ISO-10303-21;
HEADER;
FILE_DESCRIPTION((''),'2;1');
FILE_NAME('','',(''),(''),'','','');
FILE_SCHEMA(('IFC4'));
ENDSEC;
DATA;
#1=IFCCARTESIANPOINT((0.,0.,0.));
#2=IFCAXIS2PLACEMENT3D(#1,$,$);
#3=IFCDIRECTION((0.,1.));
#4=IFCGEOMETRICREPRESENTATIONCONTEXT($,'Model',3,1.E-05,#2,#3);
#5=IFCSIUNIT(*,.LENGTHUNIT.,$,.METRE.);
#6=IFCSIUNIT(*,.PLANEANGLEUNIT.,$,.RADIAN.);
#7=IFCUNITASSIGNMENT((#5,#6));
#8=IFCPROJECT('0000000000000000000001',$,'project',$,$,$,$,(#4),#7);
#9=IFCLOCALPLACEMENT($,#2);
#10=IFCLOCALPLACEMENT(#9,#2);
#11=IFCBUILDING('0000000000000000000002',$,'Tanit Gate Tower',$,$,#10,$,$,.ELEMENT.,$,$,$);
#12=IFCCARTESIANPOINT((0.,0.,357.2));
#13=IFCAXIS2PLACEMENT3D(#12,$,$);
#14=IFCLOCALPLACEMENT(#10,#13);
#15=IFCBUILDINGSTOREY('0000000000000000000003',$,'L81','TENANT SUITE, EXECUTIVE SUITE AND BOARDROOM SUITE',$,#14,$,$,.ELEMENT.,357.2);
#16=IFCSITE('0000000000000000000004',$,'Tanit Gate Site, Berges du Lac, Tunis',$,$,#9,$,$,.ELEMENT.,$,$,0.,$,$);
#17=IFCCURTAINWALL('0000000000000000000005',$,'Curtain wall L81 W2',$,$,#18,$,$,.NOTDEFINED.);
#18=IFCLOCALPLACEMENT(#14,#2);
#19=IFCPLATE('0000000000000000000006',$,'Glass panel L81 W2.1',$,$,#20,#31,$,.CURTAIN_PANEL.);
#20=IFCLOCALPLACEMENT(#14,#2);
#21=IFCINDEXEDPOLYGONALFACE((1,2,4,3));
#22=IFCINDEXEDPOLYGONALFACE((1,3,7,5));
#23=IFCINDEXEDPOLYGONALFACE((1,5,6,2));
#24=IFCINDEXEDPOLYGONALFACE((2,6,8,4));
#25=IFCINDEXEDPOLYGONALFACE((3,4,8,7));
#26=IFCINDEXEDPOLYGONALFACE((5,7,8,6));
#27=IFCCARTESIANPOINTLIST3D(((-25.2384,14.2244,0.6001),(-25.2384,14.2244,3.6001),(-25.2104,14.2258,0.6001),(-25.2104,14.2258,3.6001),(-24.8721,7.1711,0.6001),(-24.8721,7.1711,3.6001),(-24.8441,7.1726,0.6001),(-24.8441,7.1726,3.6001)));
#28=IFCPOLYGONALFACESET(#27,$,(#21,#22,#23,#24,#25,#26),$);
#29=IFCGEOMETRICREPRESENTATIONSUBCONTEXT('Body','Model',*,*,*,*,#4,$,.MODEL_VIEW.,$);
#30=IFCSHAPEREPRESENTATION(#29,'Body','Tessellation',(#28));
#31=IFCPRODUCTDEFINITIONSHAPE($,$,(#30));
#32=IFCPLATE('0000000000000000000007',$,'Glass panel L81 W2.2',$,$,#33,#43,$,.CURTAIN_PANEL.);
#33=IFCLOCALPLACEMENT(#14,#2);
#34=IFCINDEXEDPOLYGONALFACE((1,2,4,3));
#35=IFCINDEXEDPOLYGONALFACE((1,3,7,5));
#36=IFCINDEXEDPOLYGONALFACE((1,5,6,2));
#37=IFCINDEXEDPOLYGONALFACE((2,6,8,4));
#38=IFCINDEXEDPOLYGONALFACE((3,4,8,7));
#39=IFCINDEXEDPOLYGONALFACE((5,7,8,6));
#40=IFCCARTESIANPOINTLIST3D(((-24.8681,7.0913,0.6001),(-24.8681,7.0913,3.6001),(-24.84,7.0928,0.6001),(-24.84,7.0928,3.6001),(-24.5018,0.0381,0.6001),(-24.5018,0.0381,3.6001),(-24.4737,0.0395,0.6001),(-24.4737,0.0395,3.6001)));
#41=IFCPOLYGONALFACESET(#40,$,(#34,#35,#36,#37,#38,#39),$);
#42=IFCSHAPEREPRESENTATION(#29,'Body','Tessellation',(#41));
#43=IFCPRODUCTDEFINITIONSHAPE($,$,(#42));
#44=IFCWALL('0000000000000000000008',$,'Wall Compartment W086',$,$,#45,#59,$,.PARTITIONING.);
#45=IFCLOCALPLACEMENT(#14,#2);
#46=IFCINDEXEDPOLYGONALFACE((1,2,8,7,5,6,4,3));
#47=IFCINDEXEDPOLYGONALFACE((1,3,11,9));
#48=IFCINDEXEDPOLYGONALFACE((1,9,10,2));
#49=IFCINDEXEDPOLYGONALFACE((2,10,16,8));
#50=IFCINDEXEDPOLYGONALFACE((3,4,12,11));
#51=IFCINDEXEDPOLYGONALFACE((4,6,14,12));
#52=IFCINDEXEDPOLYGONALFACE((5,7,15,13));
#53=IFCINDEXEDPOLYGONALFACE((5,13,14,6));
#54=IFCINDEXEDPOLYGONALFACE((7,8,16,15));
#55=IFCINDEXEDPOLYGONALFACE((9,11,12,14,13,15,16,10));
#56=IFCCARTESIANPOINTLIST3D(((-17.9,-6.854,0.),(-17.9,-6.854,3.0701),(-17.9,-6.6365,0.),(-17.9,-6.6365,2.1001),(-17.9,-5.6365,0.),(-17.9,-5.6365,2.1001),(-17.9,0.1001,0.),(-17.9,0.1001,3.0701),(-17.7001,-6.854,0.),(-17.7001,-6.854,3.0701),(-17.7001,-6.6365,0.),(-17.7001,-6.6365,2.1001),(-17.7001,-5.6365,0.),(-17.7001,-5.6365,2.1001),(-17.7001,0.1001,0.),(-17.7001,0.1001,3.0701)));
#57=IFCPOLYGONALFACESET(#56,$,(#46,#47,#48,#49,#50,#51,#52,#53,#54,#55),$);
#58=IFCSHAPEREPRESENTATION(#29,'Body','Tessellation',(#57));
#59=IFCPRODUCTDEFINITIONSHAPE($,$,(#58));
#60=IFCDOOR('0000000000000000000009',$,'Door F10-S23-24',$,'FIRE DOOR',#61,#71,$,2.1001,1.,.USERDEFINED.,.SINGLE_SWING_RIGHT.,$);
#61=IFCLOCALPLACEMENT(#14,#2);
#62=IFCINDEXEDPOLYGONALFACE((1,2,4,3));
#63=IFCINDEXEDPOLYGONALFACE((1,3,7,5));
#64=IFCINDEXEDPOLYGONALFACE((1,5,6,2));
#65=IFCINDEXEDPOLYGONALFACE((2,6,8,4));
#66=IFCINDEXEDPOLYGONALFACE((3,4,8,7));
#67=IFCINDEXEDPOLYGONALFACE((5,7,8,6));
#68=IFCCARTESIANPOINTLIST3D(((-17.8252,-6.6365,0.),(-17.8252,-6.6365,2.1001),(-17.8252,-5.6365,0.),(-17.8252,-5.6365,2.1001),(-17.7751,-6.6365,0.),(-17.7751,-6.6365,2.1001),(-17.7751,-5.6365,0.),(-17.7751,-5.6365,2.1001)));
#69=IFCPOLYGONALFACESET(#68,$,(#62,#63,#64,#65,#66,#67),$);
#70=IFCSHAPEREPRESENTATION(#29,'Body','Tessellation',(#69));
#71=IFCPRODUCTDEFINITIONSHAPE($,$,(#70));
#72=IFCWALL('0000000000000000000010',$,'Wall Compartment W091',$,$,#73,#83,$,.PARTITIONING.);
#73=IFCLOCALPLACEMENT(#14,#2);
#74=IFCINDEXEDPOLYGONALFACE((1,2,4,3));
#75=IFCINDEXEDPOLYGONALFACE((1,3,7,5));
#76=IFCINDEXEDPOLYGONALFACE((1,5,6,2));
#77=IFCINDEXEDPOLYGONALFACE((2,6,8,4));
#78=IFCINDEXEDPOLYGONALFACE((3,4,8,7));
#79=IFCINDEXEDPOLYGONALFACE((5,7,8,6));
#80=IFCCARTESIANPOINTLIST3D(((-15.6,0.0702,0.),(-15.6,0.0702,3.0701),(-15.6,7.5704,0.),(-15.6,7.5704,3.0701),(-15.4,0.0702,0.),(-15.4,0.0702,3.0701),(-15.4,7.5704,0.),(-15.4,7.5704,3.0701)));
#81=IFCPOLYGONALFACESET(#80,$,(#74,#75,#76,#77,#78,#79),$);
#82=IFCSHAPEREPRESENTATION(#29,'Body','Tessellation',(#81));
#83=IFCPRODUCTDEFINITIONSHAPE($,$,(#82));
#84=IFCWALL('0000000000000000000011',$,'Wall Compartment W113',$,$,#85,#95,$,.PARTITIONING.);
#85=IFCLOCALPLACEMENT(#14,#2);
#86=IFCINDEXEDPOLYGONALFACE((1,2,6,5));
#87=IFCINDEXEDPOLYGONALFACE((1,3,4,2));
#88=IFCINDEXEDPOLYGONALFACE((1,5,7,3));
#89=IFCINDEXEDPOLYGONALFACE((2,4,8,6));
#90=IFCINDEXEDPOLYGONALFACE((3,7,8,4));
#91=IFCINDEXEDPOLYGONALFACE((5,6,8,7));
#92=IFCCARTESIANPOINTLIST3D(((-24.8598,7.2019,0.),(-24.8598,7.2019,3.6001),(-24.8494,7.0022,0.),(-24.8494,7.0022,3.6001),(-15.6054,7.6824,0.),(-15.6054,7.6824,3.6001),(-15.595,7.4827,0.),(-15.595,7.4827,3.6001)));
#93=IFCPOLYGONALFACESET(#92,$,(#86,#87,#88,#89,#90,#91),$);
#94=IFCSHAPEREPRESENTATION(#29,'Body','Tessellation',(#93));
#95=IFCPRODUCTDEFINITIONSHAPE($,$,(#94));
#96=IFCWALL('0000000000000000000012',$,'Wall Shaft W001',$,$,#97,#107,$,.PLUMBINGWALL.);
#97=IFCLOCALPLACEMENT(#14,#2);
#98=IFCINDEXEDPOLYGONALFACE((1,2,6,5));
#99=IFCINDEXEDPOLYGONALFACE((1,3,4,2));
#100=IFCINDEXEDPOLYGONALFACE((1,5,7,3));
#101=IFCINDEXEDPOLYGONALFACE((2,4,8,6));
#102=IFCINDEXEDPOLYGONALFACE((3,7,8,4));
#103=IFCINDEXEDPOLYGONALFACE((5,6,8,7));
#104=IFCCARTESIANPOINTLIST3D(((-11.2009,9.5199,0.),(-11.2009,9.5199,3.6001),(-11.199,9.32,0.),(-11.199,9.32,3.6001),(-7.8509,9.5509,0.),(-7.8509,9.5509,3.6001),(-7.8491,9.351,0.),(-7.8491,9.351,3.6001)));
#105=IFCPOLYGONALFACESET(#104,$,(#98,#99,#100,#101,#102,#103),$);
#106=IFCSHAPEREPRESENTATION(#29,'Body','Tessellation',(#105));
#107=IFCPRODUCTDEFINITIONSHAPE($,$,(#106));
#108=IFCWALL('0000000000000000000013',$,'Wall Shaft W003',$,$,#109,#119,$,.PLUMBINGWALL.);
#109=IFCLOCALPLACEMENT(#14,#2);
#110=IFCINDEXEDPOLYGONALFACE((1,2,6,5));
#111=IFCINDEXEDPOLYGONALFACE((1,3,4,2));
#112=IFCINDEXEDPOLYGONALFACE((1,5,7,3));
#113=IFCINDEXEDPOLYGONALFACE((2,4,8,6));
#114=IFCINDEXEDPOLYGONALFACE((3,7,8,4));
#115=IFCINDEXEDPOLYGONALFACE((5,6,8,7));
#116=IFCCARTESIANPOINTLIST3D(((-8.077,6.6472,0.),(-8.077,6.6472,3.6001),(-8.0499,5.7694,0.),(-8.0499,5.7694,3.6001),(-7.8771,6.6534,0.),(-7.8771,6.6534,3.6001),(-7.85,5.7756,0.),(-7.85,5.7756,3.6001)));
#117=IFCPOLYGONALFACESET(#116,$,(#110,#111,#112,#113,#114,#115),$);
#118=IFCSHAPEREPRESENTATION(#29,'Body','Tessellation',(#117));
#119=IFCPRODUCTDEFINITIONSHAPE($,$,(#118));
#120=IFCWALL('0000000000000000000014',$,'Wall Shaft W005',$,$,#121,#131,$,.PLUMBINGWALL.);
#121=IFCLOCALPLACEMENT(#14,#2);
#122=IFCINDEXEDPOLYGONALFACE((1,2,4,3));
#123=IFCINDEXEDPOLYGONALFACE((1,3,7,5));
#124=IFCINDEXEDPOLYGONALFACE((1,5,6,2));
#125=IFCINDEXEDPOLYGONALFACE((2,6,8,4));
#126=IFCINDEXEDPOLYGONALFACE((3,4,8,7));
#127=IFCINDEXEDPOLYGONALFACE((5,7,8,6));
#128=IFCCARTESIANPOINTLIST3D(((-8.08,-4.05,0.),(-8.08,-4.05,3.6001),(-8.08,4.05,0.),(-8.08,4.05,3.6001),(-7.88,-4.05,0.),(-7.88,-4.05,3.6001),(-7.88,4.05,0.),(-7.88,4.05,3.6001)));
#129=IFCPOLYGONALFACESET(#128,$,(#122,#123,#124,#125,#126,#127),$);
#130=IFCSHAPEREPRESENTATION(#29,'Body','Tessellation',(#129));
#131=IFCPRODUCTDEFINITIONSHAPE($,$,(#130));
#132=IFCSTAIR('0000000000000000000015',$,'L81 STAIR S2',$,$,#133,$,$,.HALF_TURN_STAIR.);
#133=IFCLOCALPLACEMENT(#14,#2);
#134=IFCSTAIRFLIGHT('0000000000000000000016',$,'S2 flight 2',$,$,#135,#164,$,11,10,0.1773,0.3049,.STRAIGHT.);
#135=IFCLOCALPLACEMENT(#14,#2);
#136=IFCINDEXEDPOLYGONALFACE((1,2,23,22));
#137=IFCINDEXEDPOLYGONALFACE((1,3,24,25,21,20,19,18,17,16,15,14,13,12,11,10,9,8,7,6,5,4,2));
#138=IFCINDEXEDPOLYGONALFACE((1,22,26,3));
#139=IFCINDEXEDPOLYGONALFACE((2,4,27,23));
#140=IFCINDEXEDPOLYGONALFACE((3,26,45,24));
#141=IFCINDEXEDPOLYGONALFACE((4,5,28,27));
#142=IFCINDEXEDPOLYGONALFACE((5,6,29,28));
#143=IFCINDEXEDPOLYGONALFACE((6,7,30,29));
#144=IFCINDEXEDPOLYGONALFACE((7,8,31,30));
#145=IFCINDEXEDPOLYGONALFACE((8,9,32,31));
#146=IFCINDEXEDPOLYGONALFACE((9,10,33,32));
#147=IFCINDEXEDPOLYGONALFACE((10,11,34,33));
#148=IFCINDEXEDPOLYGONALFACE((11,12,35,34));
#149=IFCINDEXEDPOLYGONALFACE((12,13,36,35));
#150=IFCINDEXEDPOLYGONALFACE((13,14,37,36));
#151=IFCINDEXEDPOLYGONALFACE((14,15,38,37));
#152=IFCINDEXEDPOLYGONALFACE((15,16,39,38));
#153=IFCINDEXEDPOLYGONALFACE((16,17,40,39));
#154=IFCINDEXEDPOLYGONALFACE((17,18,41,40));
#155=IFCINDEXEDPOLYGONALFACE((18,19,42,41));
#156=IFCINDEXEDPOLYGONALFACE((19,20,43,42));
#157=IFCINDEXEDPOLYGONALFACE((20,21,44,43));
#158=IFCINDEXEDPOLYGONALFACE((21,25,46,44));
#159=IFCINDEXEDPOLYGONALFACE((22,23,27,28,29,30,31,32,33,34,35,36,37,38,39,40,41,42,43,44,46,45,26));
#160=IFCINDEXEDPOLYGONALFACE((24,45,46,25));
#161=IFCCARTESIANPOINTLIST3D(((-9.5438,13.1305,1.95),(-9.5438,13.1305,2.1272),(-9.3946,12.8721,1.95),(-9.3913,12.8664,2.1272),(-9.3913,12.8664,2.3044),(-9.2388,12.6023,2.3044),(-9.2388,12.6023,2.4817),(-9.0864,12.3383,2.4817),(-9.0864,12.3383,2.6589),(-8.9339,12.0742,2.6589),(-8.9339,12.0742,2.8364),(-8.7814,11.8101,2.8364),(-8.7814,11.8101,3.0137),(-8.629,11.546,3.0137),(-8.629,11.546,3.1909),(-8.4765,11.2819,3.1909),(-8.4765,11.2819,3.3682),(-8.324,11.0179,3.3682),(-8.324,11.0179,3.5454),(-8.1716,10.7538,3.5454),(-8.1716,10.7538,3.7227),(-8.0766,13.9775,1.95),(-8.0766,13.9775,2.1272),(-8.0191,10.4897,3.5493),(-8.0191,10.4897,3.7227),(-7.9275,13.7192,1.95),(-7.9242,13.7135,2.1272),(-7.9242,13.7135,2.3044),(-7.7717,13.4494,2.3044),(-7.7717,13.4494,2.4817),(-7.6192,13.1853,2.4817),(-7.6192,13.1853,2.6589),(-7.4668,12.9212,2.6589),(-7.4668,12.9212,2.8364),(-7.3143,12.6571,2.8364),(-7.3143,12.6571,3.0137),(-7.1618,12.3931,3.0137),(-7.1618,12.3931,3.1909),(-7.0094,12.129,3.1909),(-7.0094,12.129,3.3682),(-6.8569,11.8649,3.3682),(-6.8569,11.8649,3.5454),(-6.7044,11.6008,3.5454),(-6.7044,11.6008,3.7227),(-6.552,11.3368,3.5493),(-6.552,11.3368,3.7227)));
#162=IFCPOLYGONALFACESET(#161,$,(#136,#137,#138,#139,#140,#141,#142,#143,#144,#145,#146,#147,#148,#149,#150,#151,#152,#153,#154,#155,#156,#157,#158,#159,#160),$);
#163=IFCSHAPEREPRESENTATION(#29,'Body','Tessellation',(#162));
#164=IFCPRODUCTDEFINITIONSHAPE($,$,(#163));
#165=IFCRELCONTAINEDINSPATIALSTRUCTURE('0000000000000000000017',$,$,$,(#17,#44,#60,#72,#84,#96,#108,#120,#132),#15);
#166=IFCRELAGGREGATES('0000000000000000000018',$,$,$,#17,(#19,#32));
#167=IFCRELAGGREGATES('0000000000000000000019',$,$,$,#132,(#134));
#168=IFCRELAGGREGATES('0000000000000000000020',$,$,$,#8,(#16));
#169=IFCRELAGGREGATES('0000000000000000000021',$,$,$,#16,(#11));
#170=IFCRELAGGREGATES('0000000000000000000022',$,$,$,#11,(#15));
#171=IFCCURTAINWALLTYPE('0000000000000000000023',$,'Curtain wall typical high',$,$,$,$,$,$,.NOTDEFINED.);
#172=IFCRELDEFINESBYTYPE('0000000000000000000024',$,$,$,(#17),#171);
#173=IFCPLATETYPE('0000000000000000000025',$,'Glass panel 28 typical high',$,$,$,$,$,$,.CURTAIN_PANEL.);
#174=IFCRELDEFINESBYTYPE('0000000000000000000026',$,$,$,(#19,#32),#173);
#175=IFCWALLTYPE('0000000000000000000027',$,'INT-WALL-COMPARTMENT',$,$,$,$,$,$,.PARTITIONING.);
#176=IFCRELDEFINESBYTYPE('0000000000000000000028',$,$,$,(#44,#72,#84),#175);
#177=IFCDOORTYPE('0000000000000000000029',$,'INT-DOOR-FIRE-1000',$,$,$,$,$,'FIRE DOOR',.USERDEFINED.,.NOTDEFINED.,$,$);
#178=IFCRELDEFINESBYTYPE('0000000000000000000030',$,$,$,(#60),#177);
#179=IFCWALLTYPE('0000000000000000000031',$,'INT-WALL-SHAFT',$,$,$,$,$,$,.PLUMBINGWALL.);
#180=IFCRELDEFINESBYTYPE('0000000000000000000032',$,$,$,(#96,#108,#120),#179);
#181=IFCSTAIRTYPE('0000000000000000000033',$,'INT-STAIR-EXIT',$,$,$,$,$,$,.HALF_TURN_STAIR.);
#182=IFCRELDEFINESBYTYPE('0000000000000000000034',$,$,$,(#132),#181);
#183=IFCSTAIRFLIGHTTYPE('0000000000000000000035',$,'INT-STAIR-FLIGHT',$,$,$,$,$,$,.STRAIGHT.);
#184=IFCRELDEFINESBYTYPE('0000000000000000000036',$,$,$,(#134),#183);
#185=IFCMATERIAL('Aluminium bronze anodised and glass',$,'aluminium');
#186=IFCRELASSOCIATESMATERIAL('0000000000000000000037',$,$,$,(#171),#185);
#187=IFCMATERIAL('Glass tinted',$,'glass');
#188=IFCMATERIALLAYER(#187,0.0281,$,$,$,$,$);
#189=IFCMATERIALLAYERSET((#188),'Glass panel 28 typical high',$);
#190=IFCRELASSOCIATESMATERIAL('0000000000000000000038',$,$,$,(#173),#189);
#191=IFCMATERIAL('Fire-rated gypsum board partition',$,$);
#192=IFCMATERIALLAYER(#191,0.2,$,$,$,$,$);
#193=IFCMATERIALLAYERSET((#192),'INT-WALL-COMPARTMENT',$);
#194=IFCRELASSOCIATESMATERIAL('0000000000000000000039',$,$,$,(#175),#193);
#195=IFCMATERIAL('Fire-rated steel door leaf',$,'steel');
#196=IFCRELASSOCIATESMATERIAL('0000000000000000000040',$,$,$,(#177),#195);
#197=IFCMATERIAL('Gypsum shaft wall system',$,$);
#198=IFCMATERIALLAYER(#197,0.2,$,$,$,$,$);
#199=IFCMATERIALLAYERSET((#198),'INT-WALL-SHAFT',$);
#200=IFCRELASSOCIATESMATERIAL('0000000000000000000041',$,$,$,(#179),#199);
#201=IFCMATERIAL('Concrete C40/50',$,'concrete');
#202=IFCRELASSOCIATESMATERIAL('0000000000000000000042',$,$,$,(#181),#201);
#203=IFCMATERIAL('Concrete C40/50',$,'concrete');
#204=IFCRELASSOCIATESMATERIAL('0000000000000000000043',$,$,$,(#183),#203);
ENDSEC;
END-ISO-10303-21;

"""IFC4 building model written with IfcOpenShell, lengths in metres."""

from ifc_helpers import new_model, si_unit, direction, frame, frame_2d, origin, origin_2d, place, context, subcontext, project, spatial, polyline, rectangle, outline, extrude, material, layer, layer_set, type_object, element, fill, aggregate, save


model = new_model("IFC4")

# Units and contexts
model_context = context("Model", 3, precision=1e-05, world=origin(), true_north=direction((0.0, 1.0)))
body_context = subcontext(model_context, "Body", "Model", "MODEL_VIEW")
ifc_project = project(units=[si_unit("LENGTHUNIT", "METRE"), si_unit("PLANEANGLEUNIT", "RADIAN")], contexts=[model_context])

# Site, building, storey
site_placement = place(None, origin())
site = spatial("IfcSite", under=ifc_project, at=site_placement, Name="Tanit Gate Site, Berges du Lac, Tunis", CompositionType="ELEMENT", RefElevation=0.0)
building_placement = place(site_placement, origin())
building = spatial("IfcBuilding", under=site, at=building_placement, Name="Tanit Gate Tower", CompositionType="ELEMENT")
storey_placement = place(building_placement, frame((0.0, 0.0, 357.2)))
storey = spatial("IfcBuildingStorey", under=building, at=storey_placement, Name="L81", Description="TENANT SUITE, EXECUTIVE SUITE AND BOARDROOM SUITE", CompositionType="ELEMENT", Elevation=357.2)

# Curtain wall
ifc_material_1 = material(Name="Aluminium bronze anodised and glass", Category="aluminium")
curtain_wall_type = type_object("IfcCurtainWallType", Name="Curtain wall typical high", PredefinedType="NOTDEFINED", material=ifc_material_1)
curtain_wall_1_placement = place(storey_placement, origin())
curtain_wall_1 = element("IfcCurtainWall", 1, at=curtain_wall_1_placement, inside=storey, type_object=curtain_wall_type, Name="Curtain wall L81 W2", PredefinedType="NOTDEFINED")

# Plates
ifc_material_2 = material(Name="Glass tinted", Category="glass")
ifc_layer_1 = layer(ifc_material_2, 0.0281)
ifc_layer_set_1 = layer_set([ifc_layer_1], Name="Glass panel 28 typical high")
plate_type = type_object("IfcPlateType", Name="Glass panel 28 typical high", PredefinedType="CURTAIN_PANEL", material=ifc_layer_set_1)
plate_1_placement = place(storey_placement, frame((-25.0413, 10.6985, 0.6001), z_axis=(0.0, 0.0, 1.0), x_axis=(0.051865, -0.998654, 0.0)))
plate_1 = element("IfcPlate", 2, at=plate_1_placement, type_object=plate_type, Name="Glass panel L81 W2.1", PredefinedType="CURTAIN_PANEL", context=body_context, shape_type="SweptSolid", body=[
    extrude(rectangle(XDim=7.0627, YDim=0.0281, at=origin_2d()), origin(), (0.0, 0.0, 1.0), 3.0),
])
plate_2_placement = place(storey_placement, frame((-24.6709, 3.5654, 0.6001), z_axis=(0.0, 0.0, 1.0), x_axis=(0.051865, -0.998654, 0.0)))
plate_2 = element("IfcPlate", 3, at=plate_2_placement, type_object=plate_type, Name="Glass panel L81 W2.2", PredefinedType="CURTAIN_PANEL", context=body_context, shape_type="SweptSolid", body=[
    extrude(rectangle(XDim=7.0627, YDim=0.0281, at=origin_2d()), origin(), (0.0, 0.0, 1.0), 3.0),
])
aggregate(curtain_wall_1, [plate_1, plate_2])

# Wall, opening, door
ifc_material_3 = material(Name="Fire-rated gypsum board partition")
ifc_layer_2 = layer(ifc_material_3, 0.2)
ifc_layer_set_2 = layer_set([ifc_layer_2], Name="INT-WALL-COMPARTMENT")
wall_type_1 = type_object("IfcWallType", Name="INT-WALL-COMPARTMENT", PredefinedType="PARTITIONING", material=ifc_layer_set_2)
wall_1_placement = place(storey_placement, frame((-17.8, 0.1001, 0.0), z_axis=(0.0, 0.0, 1.0), x_axis=(0.0, -1.0, 0.0)))
wall_1 = element("IfcWall", 4, at=wall_1_placement, inside=storey, type_object=wall_type_1, Name="Wall Compartment W086", PredefinedType="PARTITIONING", context=body_context, shape_type="SweptSolid", body=[
    extrude(rectangle(XDim=6.9541, YDim=0.2, at=frame_2d((3.4771, 0.0))), origin(), (0.0, 0.0, 1.0), 3.0701),
])
opening_placement = place(wall_1_placement, frame((5.7366, 0.0, 0.0)))
opening = element("IfcOpeningElement", 5, at=opening_placement, cuts=wall_1, PredefinedType="OPENING", context=body_context, shape_type="SweptSolid", body=[
    extrude(rectangle(XDim=1.0, YDim=2.1001, at=frame_2d((0.5, 1.05))), frame((0.0, 0.1099, 0.0), z_axis=(0.0, -1.0, 0.0), x_axis=(1.0, 0.0, 0.0)), (0.0, 0.0, 1.0), 0.22),
])
ifc_material_4 = material(Name="Fire-rated steel door leaf", Category="steel")
door_type = type_object("IfcDoorType", Name="INT-DOOR-FIRE-1000", ElementType="FIRE DOOR", OperationType="NOTDEFINED", PredefinedType="USERDEFINED", material=ifc_material_4)
door_placement = place(opening_placement, origin())
door = element("IfcDoor", 6, at=door_placement, inside=storey, type_object=door_type, Name="Door F10-S23-24", ObjectType="FIRE DOOR", OperationType="SINGLE_SWING_RIGHT", OverallHeight=2.1001, OverallWidth=1.0, PredefinedType="USERDEFINED", context=body_context, shape_type="SweptSolid", body=[
    extrude(rectangle(XDim=1.0, YDim=2.1001, at=frame_2d((0.5, 1.05))), frame((0.0, 0.0249, 0.0), z_axis=(0.0, -1.0, 0.0), x_axis=(1.0, 0.0, 0.0)), (0.0, 0.0, 1.0), 0.05),
])
fill(opening, door)

# Walls
wall_2_placement = place(storey_placement, frame((-15.5, 7.5703, 0.0), z_axis=(0.0, 0.0, 1.0), x_axis=(0.0, -1.0, 0.0)))
element("IfcWall", 7, at=wall_2_placement, inside=storey, type_object=wall_type_1, Name="Wall Compartment W091", PredefinedType="PARTITIONING", context=body_context, shape_type="SweptSolid", body=[
    extrude(rectangle(XDim=7.5002, YDim=0.2, at=frame_2d((3.75, 0.0))), origin(), (0.0, 0.0, 1.0), 3.0701),
])
wall_3_placement = place(storey_placement, frame((-24.8545, 7.1021, 0.0), z_axis=(0.0, 0.0, 1.0), x_axis=(0.998655, 0.051848, 0.0)))
element("IfcWall", 8, at=wall_3_placement, inside=storey, type_object=wall_type_1, Name="Wall Compartment W113", PredefinedType="PARTITIONING", context=body_context, shape_type="SweptSolid", body=[
    extrude(rectangle(XDim=9.2668, YDim=0.2, at=frame_2d((4.6333, 0.0))), origin(), (0.0, 0.0, 1.0), 3.6001),
])
ifc_material_5 = material(Name="Gypsum shaft wall system")
ifc_layer_3 = layer(ifc_material_5, 0.2)
ifc_layer_set_3 = layer_set([ifc_layer_3], Name="INT-WALL-SHAFT")
wall_type_2 = type_object("IfcWallType", Name="INT-WALL-SHAFT", PredefinedType="PLUMBINGWALL", material=ifc_layer_set_3)
wall_4_placement = place(storey_placement, frame((-11.2, 9.4199, 0.0), z_axis=(0.0, 0.0, 1.0), x_axis=(0.999957, 0.009255, 0.0)))
element("IfcWall", 9, at=wall_4_placement, inside=storey, type_object=wall_type_2, Name="Wall Shaft W001", PredefinedType="PLUMBINGWALL", context=body_context, shape_type="SweptSolid", body=[
    extrude(rectangle(XDim=3.3501, YDim=0.2, at=frame_2d((1.675, 0.0))), origin(), (0.0, 0.0, 1.0), 3.6001),
])
wall_5_placement = place(storey_placement, frame((-7.9771, 6.6501, 0.0), z_axis=(0.0, 0.0, 1.0), x_axis=(0.030862, -0.999524, 0.0)))
element("IfcWall", 10, at=wall_5_placement, inside=storey, type_object=wall_type_2, Name="Wall Shaft W003", PredefinedType="PLUMBINGWALL", context=body_context, shape_type="SweptSolid", body=[
    extrude(rectangle(XDim=0.8782, YDim=0.2, at=frame_2d((0.439, 0.0))), origin(), (0.0, 0.0, 1.0), 3.6001),
])
wall_6_placement = place(storey_placement, frame((-7.98, 4.05, 0.0), z_axis=(0.0, 0.0, 1.0), x_axis=(0.0, -1.0, 0.0)))
element("IfcWall", 11, at=wall_6_placement, inside=storey, type_object=wall_type_2, Name="Wall Shaft W005", PredefinedType="PLUMBINGWALL", context=body_context, shape_type="SweptSolid", body=[
    extrude(rectangle(XDim=8.1001, YDim=0.2, at=frame_2d((4.05, 0.0))), origin(), (0.0, 0.0, 1.0), 3.6001),
])

# Stair, stair flight
ifc_material_6 = material(Name="Concrete C40/50", Category="concrete")
stair_type = type_object("IfcStairType", Name="INT-STAIR-EXIT", PredefinedType="HALF_TURN_STAIR", material=ifc_material_6)
stair_placement = place(storey_placement, origin())
stair = element("IfcStair", 12, at=stair_placement, inside=storey, type_object=stair_type, Name="L81 STAIR S2", PredefinedType="HALF_TURN_STAIR")
ifc_material_7 = material(Name="Concrete C40/50", Category="concrete")
stair_flight_type = type_object("IfcStairFlightType", Name="INT-STAIR-FLIGHT", PredefinedType="STRAIGHT", material=ifc_material_7)
stair_flight_placement = place(storey_placement, frame((-8.8103, 13.554, 1.95), z_axis=(0.0, 0.0, 1.0), x_axis=(0.5, -0.866025, 0.0)))
stair_flight = element("IfcStairFlight", 13, at=stair_flight_placement, type_object=stair_flight_type, Name="S2 flight 2", NumberOfRisers=11, NumberOfTreads=10, PredefinedType="STRAIGHT", RiserHeight=0.1773, TreadLength=0.3049, context=body_context, shape_type="SweptSolid", body=[
    extrude(outline(polyline([(0.0, 0.0), (0.0, 0.1772), (0.3049, 0.1772), (0.3049, 0.3545), (0.6099, 0.3545), (0.6099, 0.5317), (0.9148, 0.5317), (0.9148, 0.709), (1.2197, 0.709), (1.2197, 0.8865), (1.5247, 0.8865), (1.5247, 1.0637), (1.8296, 1.0637), (1.8296, 1.241), (2.1345, 1.241), (2.1345, 1.4182), (2.4395, 1.4182), (2.4395, 1.5955), (2.7444, 1.5955), (2.7444, 1.7727), (3.0493, 1.7727), (3.0493, 1.95), (3.0493, 1.5994), (0.2983, 0.0), (0.0, 0.0)])), frame((0.0, 0.8472, 0.0), z_axis=(0.0, -1.0, 0.0), x_axis=(1.0, 0.0, 0.0)), (0.0, 0.0, 1.0), 1.6941),
])
aggregate(stair, [stair_flight])

save(model, "model.ifc")
